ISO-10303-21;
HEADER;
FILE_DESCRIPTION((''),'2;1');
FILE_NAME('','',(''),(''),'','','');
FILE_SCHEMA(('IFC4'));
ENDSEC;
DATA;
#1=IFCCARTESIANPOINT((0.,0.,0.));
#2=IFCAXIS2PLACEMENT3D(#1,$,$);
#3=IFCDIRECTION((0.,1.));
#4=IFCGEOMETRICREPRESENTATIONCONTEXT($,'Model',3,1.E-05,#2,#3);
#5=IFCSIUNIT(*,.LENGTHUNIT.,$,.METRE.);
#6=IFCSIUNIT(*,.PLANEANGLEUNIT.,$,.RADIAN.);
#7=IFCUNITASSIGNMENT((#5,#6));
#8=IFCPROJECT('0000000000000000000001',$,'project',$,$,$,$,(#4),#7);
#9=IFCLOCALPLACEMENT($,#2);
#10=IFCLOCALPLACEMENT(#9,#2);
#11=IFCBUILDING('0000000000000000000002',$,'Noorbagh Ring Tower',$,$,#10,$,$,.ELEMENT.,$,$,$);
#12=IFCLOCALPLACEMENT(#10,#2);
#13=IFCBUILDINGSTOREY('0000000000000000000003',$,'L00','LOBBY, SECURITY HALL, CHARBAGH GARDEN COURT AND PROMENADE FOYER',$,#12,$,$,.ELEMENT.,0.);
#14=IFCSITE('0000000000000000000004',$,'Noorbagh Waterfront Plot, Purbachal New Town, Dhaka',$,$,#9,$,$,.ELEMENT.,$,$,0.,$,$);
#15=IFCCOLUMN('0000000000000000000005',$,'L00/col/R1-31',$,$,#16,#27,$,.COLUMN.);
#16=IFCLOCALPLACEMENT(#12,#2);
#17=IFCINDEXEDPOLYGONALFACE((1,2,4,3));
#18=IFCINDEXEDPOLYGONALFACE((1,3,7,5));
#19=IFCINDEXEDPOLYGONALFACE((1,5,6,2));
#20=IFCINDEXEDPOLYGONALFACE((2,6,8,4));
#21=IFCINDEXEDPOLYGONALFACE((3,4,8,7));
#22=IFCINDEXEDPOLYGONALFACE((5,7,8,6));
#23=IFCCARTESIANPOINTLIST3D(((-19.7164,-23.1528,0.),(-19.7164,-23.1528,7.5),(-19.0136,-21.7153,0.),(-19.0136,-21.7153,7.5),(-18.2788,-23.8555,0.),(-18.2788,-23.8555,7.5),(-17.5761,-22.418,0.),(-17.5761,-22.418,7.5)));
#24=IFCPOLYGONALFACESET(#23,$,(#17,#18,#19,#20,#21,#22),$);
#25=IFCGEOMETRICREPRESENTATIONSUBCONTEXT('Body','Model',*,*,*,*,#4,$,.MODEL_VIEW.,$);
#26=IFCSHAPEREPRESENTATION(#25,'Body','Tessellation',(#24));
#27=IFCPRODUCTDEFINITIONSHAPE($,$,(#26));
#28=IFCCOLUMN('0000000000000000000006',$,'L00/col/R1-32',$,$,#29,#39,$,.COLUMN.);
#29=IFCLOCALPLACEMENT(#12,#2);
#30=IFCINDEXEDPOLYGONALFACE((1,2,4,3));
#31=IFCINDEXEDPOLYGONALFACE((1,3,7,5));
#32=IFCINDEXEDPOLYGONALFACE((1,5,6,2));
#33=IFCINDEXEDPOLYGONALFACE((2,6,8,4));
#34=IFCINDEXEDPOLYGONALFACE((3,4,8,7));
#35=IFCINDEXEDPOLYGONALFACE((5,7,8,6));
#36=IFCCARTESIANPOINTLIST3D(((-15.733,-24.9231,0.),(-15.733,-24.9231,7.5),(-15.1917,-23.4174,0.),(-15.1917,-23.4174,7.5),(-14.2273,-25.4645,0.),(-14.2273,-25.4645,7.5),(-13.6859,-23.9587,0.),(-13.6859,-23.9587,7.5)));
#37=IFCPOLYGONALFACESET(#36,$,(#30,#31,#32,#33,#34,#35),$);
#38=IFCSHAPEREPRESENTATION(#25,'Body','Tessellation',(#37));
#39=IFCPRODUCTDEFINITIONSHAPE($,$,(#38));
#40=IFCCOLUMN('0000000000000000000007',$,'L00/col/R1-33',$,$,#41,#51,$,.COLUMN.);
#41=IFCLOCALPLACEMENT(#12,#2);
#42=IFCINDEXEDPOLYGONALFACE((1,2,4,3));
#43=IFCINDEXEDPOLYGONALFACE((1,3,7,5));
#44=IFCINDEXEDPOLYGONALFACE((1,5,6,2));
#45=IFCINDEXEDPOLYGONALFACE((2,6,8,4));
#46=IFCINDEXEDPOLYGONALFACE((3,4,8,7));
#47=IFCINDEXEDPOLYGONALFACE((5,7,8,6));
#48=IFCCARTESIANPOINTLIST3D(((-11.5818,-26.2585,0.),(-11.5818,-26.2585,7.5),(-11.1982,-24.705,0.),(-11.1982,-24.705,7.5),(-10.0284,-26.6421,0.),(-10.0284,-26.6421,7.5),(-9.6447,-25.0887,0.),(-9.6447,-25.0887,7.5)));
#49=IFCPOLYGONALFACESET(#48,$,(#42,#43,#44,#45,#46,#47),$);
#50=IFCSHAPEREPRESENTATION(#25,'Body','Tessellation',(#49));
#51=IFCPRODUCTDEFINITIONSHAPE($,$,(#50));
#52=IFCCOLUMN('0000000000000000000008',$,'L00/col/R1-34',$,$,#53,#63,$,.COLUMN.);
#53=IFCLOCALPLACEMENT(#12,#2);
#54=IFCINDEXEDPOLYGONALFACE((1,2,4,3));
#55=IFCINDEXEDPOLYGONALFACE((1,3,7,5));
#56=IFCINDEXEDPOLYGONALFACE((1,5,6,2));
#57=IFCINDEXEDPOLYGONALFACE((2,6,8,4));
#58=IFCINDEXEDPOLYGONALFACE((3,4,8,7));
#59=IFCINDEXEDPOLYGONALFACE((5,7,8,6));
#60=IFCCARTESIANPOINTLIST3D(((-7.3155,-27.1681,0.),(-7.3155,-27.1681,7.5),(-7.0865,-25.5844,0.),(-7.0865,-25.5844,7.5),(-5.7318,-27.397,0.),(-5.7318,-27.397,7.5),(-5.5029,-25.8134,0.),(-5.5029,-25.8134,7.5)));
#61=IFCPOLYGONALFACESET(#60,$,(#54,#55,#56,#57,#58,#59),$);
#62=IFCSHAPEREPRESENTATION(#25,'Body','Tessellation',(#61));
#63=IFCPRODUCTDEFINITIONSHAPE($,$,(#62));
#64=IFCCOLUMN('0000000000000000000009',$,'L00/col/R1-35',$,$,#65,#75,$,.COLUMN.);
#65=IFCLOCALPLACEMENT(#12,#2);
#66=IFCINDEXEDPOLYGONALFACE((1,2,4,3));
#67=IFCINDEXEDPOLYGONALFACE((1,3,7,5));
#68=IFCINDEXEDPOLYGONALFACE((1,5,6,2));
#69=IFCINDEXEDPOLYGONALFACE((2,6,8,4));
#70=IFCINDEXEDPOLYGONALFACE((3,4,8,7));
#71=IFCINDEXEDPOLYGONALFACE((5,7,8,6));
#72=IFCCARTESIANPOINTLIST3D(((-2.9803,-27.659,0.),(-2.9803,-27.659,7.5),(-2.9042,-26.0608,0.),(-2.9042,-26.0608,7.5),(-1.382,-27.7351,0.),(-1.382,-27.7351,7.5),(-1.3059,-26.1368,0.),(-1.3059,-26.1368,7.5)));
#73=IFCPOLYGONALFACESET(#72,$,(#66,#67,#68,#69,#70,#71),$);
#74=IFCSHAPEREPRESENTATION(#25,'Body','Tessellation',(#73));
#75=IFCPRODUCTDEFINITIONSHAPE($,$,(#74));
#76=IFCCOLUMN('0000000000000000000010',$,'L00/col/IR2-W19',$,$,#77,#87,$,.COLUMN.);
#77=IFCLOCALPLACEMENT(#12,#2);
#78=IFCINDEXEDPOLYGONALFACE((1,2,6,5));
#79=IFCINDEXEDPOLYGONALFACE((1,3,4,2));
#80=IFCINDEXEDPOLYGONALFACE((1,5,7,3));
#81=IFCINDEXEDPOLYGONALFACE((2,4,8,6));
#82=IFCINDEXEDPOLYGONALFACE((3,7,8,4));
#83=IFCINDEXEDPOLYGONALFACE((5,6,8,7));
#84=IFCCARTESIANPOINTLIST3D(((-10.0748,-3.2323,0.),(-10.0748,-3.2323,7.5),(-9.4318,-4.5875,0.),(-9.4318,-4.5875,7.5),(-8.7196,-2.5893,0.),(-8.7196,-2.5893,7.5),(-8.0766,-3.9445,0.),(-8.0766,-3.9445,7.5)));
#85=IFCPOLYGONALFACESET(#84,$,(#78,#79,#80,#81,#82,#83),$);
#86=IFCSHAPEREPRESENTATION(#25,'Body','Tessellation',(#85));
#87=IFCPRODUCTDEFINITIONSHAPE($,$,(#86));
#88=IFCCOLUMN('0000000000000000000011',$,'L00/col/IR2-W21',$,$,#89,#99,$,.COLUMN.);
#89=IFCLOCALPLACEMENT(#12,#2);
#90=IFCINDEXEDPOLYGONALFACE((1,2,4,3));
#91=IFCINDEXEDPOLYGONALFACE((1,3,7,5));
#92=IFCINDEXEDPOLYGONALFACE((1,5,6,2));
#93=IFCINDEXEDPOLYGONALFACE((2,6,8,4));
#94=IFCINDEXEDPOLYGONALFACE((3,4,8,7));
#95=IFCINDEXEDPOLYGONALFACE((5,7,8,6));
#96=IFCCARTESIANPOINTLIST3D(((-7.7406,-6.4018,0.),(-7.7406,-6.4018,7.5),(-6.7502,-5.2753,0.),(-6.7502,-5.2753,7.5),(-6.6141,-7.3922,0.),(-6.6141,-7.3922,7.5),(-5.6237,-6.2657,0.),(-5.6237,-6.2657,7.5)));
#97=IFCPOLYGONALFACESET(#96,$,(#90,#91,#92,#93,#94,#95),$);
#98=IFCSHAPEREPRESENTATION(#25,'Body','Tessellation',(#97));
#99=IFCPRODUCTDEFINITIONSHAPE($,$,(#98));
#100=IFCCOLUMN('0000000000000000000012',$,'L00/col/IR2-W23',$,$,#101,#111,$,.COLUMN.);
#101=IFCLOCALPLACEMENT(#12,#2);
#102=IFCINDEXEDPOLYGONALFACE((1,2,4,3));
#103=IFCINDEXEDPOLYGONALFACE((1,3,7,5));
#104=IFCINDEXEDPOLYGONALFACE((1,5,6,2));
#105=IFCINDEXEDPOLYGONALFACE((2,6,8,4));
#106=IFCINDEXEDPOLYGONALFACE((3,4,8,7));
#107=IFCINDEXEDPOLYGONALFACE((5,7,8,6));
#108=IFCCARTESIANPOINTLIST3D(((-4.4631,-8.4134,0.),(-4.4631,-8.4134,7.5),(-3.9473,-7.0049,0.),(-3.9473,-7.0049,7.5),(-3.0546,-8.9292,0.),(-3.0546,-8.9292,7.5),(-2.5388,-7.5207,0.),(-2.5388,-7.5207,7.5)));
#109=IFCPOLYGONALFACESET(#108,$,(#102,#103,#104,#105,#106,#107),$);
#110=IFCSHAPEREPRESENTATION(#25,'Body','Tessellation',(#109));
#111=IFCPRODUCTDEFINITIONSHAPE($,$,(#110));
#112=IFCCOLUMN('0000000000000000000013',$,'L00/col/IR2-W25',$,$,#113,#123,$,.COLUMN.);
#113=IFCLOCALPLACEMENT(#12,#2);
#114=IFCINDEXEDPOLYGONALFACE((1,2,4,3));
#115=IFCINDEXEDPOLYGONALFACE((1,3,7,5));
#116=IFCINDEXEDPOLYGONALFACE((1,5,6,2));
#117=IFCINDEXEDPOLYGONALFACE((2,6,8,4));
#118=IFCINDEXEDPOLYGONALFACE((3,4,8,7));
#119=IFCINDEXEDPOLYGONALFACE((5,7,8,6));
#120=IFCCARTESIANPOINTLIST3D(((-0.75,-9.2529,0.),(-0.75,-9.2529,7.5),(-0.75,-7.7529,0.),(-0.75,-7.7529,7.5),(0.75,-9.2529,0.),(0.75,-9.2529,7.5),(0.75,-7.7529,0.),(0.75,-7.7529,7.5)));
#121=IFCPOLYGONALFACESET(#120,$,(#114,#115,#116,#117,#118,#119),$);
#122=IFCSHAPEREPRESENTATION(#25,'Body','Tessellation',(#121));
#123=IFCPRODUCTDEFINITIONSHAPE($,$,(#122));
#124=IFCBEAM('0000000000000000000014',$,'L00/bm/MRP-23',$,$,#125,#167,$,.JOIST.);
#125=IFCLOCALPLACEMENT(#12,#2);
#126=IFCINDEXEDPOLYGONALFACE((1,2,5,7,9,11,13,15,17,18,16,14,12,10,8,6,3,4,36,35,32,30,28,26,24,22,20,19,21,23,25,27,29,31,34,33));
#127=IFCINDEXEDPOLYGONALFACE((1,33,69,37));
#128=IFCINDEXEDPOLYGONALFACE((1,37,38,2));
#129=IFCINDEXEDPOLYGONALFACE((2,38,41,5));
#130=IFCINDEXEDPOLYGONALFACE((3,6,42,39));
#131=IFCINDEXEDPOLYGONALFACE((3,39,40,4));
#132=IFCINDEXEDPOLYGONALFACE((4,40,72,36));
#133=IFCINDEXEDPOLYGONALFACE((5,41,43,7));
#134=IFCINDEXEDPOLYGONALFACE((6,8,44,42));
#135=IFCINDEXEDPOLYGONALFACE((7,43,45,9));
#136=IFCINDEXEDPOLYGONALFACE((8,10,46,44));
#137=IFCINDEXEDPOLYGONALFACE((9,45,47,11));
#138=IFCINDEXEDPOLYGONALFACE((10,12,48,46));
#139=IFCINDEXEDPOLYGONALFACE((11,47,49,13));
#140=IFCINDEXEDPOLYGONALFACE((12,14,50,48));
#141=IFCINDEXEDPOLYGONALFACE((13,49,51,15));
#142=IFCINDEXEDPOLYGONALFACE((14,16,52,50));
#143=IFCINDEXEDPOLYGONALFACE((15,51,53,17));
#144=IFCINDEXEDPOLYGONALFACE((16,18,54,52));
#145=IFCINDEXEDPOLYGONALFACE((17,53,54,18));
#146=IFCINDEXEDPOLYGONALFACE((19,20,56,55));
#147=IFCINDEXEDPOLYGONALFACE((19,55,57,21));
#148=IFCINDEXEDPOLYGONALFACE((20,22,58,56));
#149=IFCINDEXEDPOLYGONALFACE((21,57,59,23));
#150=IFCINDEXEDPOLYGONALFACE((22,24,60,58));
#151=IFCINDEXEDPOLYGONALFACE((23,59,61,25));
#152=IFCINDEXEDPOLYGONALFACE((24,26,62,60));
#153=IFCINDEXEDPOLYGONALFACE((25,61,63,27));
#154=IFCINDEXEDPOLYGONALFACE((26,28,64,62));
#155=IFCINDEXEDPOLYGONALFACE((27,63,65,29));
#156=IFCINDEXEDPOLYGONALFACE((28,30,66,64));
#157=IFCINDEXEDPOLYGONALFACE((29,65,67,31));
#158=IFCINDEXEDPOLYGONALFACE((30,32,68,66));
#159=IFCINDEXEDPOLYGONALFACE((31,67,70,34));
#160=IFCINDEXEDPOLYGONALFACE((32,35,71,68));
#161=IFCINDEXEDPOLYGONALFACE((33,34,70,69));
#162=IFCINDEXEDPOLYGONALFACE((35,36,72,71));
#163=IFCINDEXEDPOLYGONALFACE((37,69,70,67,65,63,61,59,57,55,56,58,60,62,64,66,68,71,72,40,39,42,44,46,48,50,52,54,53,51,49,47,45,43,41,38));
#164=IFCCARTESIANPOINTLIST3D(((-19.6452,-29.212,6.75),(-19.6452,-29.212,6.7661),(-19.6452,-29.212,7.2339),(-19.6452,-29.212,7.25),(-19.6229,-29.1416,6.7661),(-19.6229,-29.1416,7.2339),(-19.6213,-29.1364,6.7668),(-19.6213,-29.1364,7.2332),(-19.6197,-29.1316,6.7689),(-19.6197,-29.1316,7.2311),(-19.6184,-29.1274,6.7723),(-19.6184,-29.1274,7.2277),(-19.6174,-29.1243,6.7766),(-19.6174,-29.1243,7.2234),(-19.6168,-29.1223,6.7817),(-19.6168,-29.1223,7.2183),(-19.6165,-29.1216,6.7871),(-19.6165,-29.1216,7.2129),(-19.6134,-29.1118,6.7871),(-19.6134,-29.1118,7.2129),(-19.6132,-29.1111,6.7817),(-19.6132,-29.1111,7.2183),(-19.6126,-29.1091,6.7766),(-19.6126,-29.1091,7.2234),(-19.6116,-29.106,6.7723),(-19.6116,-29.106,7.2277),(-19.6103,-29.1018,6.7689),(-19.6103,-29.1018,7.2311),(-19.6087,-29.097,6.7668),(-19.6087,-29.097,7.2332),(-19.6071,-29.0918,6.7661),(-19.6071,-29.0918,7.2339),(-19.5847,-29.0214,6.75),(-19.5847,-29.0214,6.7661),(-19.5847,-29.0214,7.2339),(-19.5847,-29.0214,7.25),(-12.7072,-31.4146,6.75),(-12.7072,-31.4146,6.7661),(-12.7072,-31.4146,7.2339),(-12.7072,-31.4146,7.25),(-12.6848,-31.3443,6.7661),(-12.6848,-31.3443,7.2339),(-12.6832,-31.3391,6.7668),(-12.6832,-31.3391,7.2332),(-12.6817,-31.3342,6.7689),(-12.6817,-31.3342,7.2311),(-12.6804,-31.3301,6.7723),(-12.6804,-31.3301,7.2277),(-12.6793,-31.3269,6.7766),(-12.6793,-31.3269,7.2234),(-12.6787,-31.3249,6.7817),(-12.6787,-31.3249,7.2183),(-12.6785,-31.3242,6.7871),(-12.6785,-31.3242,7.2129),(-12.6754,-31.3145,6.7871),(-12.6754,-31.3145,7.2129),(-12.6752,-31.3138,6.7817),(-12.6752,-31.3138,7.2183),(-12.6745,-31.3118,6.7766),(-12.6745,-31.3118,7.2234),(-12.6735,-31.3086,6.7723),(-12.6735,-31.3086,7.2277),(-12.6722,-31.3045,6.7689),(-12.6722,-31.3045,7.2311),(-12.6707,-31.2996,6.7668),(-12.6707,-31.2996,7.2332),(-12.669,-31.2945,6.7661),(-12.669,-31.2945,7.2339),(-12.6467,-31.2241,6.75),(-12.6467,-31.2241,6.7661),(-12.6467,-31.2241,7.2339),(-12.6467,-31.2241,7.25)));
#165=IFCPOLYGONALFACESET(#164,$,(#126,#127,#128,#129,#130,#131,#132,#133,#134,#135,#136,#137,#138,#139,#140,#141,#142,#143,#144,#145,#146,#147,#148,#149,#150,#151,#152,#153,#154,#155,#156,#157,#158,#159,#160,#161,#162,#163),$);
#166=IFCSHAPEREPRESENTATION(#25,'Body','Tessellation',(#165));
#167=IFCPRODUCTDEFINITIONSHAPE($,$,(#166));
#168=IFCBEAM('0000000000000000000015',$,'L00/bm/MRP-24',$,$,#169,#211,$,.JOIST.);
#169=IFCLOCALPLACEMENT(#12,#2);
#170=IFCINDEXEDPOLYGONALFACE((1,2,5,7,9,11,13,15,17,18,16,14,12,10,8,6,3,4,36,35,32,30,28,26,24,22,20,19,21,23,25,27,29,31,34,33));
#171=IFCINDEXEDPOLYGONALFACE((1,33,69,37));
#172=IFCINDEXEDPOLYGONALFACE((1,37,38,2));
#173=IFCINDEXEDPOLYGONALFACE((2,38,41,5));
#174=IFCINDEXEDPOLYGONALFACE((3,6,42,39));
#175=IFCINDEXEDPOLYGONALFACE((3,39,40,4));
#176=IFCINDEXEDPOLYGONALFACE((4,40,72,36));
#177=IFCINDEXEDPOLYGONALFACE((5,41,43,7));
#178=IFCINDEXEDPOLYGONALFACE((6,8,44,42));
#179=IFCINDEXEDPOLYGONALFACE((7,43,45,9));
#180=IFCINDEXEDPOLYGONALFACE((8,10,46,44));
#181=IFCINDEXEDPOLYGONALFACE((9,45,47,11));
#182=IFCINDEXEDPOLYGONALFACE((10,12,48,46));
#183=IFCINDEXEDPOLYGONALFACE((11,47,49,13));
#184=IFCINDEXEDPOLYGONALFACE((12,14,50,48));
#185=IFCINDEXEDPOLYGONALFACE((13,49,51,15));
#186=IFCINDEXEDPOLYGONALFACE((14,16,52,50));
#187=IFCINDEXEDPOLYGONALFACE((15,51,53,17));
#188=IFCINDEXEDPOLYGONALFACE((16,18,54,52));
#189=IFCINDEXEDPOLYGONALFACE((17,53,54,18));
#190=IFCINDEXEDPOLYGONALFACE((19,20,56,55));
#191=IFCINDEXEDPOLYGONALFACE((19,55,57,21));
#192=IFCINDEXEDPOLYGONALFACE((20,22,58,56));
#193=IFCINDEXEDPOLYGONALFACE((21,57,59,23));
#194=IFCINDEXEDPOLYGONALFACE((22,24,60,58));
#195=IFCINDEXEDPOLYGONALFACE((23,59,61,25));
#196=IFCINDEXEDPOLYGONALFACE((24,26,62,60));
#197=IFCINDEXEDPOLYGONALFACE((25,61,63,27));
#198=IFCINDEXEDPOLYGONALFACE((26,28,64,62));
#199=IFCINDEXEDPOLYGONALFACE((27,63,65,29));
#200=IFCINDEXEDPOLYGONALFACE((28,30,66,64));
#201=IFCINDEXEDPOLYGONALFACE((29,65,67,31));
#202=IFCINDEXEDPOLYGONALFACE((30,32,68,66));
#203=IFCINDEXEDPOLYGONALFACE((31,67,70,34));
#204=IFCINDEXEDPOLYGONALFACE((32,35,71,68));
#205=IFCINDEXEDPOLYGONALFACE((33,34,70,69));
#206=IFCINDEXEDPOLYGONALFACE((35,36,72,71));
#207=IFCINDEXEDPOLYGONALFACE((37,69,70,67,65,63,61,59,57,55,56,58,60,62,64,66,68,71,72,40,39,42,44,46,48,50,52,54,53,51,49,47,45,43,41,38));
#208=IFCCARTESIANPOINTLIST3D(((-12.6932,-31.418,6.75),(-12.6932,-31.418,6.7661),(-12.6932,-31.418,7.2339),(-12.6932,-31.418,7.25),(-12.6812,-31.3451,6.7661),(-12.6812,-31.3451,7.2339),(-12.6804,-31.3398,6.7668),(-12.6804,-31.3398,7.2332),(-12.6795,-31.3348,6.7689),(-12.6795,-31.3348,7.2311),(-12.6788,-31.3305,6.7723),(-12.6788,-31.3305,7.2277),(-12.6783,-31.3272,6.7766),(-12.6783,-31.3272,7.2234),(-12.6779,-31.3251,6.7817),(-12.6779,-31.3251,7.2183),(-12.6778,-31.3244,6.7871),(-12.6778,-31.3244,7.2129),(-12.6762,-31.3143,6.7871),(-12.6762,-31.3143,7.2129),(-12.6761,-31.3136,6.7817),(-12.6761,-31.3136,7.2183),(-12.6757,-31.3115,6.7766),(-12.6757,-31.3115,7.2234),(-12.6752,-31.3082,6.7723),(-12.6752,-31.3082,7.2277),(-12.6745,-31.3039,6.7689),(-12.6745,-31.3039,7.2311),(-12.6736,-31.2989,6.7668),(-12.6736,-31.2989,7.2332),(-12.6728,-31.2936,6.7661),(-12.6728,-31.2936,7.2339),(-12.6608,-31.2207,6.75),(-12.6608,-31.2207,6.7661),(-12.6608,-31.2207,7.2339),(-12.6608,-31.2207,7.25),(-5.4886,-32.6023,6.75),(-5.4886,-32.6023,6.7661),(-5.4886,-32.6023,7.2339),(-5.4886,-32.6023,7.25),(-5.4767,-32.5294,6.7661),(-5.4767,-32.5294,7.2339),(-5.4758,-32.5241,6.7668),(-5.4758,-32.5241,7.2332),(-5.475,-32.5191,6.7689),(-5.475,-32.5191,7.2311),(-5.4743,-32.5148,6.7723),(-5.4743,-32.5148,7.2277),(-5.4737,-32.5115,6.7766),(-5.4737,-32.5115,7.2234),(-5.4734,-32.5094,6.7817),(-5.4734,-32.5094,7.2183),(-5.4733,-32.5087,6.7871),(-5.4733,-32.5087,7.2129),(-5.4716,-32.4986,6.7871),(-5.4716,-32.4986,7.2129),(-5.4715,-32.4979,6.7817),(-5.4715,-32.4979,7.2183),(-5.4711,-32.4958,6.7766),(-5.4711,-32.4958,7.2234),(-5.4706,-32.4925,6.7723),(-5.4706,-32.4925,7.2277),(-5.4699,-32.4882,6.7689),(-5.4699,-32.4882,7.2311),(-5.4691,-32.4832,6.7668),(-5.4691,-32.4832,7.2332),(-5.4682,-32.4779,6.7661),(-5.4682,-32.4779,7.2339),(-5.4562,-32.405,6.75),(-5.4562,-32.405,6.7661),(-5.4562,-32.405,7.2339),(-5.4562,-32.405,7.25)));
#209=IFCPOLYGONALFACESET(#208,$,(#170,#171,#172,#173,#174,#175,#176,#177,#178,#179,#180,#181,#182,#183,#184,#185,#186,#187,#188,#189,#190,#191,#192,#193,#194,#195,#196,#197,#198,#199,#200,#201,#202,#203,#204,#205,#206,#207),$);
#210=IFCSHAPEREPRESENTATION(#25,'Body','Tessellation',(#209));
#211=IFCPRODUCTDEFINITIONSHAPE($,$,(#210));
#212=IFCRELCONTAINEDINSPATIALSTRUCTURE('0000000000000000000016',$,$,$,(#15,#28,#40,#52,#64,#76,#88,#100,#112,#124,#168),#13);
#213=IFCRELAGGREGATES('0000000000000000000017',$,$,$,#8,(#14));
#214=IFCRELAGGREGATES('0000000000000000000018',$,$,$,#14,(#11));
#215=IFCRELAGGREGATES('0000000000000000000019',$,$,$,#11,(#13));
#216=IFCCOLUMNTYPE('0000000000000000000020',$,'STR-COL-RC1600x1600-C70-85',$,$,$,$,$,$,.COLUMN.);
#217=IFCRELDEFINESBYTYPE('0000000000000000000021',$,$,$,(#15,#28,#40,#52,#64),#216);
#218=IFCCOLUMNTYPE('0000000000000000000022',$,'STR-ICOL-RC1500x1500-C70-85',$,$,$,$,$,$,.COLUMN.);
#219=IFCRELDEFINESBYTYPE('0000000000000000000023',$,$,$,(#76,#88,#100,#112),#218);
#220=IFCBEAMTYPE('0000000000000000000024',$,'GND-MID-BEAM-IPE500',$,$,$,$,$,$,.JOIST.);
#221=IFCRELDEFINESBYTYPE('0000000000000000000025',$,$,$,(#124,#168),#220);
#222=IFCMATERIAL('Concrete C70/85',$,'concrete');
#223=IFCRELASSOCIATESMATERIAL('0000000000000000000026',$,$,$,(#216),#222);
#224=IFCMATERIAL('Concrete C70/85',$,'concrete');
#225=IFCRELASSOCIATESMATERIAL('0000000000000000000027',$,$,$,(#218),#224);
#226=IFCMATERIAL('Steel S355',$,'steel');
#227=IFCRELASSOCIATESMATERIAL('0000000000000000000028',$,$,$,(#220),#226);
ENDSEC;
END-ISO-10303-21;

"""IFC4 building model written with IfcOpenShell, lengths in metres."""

from ifc_helpers import new_model, si_unit, direction, frame, origin, origin_2d, place, context, subcontext, project, spatial, rectangle, i_section, extrude, material, material_profile, profile_set, type_object, element, save


model = new_model("IFC4")

# Units and contexts
model_context = context("Model", 3, precision=1e-05, world=origin(), true_north=direction((0.0, 1.0)))
body_context = subcontext(model_context, "Body", "Model", "MODEL_VIEW")
ifc_project = project(units=[si_unit("LENGTHUNIT", "METRE"), si_unit("PLANEANGLEUNIT", "RADIAN")], contexts=[model_context])

# Site, building, storey
site_placement = place(None, origin())
site = spatial("IfcSite", under=ifc_project, at=site_placement, Name="Noorbagh Waterfront Plot, Purbachal New Town, Dhaka", CompositionType="ELEMENT", RefElevation=0.0)
building_placement = place(site_placement, origin())
building = spatial("IfcBuilding", under=site, at=building_placement, Name="Noorbagh Ring Tower", CompositionType="ELEMENT")
storey_placement = place(building_placement, origin())
storey = spatial("IfcBuildingStorey", under=building, at=storey_placement, Name="L00", Description="LOBBY, SECURITY HALL, CHARBAGH GARDEN COURT AND PROMENADE FOYER", CompositionType="ELEMENT", Elevation=0.0)

# Columns
ifc_material_1 = material(Name="Concrete C70/85", Category="concrete")
ifc_material_profile_1 = material_profile(ifc_material_1, rectangle(XDim=1.6001, YDim=1.6001, at=origin_2d()), Name="RC1600x1600")
ifc_profile_set_1 = profile_set([ifc_material_profile_1], Name="Concrete C70/85")
column_type_1 = type_object("IfcColumnType", Name="STR-COL-RC1600x1600-C70-85", PredefinedType="COLUMN", material=ifc_profile_set_1)
for number, where, z_axis, x_axis, name in (
    (1, (-18.6462, -22.7854, 0.0), (0.0, 0.0, 1.0), (0.898399, -0.43918, 0.0), "L00/col/R1-31"),
    (2, (-14.7095, -24.4409, 0.0), (0.0, 0.0, 1.0), (0.941025, -0.338338, 0.0), "L00/col/R1-32"),
    (3, (-10.6133, -25.6736, 0.0), (0.0, 0.0, 1.0), (0.970829, -0.239771, 0.0), "L00/col/R1-33"),
    (4, (-6.4092, -26.4907, 0.0), (0.0, 0.0, 1.0), (0.989713, -0.143066, 0.0), "L00/col/R1-34"),
    (5, (-2.1431, -26.8979, 0.0), (0.0, 0.0, 1.0), (0.998869, -0.047553, 0.0), "L00/col/R1-35"),
):
    element("IfcColumn", number, at=place(storey_placement, frame(where, z_axis=z_axis, x_axis=x_axis)), inside=storey, type_object=column_type_1, Name=name, PredefinedType="COLUMN", context=body_context, shape_type="SweptSolid", body=[
        extrude(rectangle(XDim=1.6001, YDim=1.6001, at=origin_2d()), origin(), (0.0, 0.0, 1.0), 7.5),
    ])
ifc_material_2 = material(Name="Concrete C70/85", Category="concrete")
ifc_material_profile_2 = material_profile(ifc_material_2, rectangle(XDim=1.5, YDim=1.5, at=origin_2d()), Name="RC1500x1500")
ifc_profile_set_2 = profile_set([ifc_material_profile_2], Name="Concrete C70/85")
column_type_2 = type_object("IfcColumnType", Name="STR-ICOL-RC1500x1500-C70-85", PredefinedType="COLUMN", material=ifc_profile_set_2)
for number, where, z_axis, x_axis, name in (
    (6, (-9.0757, -3.5884, 0.0), (0.0, 0.0, 1.0), (0.428667, -0.903463, 0.0), "L00/col/IR2-W19"),
    (7, (-6.6821, -6.3337, 0.0), (0.0, 0.0, 1.0), (0.751022, -0.660277, 0.0), "L00/col/IR2-W21"),
    (8, (-3.501, -7.967, 0.0), (0.0, 0.0, 1.0), (0.93902, -0.343864, 0.0), "L00/col/IR2-W23"),
    (9, (0.0, -8.5029, 0.0), (0.0, 0.0, 1.0), (1.0, 0.0, 0.0), "L00/col/IR2-W25"),
):
    element("IfcColumn", number, at=place(storey_placement, frame(where, z_axis=z_axis, x_axis=x_axis)), inside=storey, type_object=column_type_2, Name=name, PredefinedType="COLUMN", context=body_context, shape_type="SweptSolid", body=[
        extrude(rectangle(XDim=1.5, YDim=1.5, at=origin_2d()), origin(), (0.0, 0.0, 1.0), 7.5),
    ])

# Beams
ifc_material_3 = material(Name="Steel S355", Category="steel")
ifc_material_profile_3 = material_profile(ifc_material_3, i_section(OverallWidth=0.2, OverallDepth=0.5, WebThickness=0.0103, FlangeThickness=0.0161, FilletRadius=0.021, at=origin_2d()), Name="IPE500")
ifc_profile_set_3 = profile_set([ifc_material_profile_3], Name="Steel S355")
beam_type_1 = type_object("IfcBeamType", Name="GND-MID-BEAM-IPE500", PredefinedType="JOIST", material=ifc_profile_set_3)
beam_1_placement = place(storey_placement, frame((-19.615, -29.1167, 7.0), z_axis=(0.95312, -0.302592, 0.0), x_axis=(0.302592, 0.95312, 0.0)))
element("IfcBeam", 10, at=beam_1_placement, inside=storey, type_object=beam_type_1, Name="L00/bm/MRP-23", PredefinedType="JOIST", context=body_context, shape_type="SweptSolid", body=[
    extrude(i_section(OverallWidth=0.2, OverallDepth=0.5, WebThickness=0.0103, FlangeThickness=0.0161, FilletRadius=0.021, at=origin_2d()), origin(), (0.0, 0.0, 1.0), 7.2793),
])
beam_2_placement = place(storey_placement, frame((-12.677, -31.3193, 7.0), z_axis=(0.986757, -0.162208, 0.0), x_axis=(0.162208, 0.986757, 0.0)))
element("IfcBeam", 11, at=beam_2_placement, inside=storey, type_object=beam_type_1, Name="L00/bm/MRP-24", PredefinedType="JOIST", context=body_context, shape_type="SweptSolid", body=[
    extrude(i_section(OverallWidth=0.2, OverallDepth=0.5, WebThickness=0.0103, FlangeThickness=0.0161, FilletRadius=0.021, at=origin_2d()), origin(), (0.0, 0.0, 1.0), 7.3013),
])

save(model, "model.ifc")
